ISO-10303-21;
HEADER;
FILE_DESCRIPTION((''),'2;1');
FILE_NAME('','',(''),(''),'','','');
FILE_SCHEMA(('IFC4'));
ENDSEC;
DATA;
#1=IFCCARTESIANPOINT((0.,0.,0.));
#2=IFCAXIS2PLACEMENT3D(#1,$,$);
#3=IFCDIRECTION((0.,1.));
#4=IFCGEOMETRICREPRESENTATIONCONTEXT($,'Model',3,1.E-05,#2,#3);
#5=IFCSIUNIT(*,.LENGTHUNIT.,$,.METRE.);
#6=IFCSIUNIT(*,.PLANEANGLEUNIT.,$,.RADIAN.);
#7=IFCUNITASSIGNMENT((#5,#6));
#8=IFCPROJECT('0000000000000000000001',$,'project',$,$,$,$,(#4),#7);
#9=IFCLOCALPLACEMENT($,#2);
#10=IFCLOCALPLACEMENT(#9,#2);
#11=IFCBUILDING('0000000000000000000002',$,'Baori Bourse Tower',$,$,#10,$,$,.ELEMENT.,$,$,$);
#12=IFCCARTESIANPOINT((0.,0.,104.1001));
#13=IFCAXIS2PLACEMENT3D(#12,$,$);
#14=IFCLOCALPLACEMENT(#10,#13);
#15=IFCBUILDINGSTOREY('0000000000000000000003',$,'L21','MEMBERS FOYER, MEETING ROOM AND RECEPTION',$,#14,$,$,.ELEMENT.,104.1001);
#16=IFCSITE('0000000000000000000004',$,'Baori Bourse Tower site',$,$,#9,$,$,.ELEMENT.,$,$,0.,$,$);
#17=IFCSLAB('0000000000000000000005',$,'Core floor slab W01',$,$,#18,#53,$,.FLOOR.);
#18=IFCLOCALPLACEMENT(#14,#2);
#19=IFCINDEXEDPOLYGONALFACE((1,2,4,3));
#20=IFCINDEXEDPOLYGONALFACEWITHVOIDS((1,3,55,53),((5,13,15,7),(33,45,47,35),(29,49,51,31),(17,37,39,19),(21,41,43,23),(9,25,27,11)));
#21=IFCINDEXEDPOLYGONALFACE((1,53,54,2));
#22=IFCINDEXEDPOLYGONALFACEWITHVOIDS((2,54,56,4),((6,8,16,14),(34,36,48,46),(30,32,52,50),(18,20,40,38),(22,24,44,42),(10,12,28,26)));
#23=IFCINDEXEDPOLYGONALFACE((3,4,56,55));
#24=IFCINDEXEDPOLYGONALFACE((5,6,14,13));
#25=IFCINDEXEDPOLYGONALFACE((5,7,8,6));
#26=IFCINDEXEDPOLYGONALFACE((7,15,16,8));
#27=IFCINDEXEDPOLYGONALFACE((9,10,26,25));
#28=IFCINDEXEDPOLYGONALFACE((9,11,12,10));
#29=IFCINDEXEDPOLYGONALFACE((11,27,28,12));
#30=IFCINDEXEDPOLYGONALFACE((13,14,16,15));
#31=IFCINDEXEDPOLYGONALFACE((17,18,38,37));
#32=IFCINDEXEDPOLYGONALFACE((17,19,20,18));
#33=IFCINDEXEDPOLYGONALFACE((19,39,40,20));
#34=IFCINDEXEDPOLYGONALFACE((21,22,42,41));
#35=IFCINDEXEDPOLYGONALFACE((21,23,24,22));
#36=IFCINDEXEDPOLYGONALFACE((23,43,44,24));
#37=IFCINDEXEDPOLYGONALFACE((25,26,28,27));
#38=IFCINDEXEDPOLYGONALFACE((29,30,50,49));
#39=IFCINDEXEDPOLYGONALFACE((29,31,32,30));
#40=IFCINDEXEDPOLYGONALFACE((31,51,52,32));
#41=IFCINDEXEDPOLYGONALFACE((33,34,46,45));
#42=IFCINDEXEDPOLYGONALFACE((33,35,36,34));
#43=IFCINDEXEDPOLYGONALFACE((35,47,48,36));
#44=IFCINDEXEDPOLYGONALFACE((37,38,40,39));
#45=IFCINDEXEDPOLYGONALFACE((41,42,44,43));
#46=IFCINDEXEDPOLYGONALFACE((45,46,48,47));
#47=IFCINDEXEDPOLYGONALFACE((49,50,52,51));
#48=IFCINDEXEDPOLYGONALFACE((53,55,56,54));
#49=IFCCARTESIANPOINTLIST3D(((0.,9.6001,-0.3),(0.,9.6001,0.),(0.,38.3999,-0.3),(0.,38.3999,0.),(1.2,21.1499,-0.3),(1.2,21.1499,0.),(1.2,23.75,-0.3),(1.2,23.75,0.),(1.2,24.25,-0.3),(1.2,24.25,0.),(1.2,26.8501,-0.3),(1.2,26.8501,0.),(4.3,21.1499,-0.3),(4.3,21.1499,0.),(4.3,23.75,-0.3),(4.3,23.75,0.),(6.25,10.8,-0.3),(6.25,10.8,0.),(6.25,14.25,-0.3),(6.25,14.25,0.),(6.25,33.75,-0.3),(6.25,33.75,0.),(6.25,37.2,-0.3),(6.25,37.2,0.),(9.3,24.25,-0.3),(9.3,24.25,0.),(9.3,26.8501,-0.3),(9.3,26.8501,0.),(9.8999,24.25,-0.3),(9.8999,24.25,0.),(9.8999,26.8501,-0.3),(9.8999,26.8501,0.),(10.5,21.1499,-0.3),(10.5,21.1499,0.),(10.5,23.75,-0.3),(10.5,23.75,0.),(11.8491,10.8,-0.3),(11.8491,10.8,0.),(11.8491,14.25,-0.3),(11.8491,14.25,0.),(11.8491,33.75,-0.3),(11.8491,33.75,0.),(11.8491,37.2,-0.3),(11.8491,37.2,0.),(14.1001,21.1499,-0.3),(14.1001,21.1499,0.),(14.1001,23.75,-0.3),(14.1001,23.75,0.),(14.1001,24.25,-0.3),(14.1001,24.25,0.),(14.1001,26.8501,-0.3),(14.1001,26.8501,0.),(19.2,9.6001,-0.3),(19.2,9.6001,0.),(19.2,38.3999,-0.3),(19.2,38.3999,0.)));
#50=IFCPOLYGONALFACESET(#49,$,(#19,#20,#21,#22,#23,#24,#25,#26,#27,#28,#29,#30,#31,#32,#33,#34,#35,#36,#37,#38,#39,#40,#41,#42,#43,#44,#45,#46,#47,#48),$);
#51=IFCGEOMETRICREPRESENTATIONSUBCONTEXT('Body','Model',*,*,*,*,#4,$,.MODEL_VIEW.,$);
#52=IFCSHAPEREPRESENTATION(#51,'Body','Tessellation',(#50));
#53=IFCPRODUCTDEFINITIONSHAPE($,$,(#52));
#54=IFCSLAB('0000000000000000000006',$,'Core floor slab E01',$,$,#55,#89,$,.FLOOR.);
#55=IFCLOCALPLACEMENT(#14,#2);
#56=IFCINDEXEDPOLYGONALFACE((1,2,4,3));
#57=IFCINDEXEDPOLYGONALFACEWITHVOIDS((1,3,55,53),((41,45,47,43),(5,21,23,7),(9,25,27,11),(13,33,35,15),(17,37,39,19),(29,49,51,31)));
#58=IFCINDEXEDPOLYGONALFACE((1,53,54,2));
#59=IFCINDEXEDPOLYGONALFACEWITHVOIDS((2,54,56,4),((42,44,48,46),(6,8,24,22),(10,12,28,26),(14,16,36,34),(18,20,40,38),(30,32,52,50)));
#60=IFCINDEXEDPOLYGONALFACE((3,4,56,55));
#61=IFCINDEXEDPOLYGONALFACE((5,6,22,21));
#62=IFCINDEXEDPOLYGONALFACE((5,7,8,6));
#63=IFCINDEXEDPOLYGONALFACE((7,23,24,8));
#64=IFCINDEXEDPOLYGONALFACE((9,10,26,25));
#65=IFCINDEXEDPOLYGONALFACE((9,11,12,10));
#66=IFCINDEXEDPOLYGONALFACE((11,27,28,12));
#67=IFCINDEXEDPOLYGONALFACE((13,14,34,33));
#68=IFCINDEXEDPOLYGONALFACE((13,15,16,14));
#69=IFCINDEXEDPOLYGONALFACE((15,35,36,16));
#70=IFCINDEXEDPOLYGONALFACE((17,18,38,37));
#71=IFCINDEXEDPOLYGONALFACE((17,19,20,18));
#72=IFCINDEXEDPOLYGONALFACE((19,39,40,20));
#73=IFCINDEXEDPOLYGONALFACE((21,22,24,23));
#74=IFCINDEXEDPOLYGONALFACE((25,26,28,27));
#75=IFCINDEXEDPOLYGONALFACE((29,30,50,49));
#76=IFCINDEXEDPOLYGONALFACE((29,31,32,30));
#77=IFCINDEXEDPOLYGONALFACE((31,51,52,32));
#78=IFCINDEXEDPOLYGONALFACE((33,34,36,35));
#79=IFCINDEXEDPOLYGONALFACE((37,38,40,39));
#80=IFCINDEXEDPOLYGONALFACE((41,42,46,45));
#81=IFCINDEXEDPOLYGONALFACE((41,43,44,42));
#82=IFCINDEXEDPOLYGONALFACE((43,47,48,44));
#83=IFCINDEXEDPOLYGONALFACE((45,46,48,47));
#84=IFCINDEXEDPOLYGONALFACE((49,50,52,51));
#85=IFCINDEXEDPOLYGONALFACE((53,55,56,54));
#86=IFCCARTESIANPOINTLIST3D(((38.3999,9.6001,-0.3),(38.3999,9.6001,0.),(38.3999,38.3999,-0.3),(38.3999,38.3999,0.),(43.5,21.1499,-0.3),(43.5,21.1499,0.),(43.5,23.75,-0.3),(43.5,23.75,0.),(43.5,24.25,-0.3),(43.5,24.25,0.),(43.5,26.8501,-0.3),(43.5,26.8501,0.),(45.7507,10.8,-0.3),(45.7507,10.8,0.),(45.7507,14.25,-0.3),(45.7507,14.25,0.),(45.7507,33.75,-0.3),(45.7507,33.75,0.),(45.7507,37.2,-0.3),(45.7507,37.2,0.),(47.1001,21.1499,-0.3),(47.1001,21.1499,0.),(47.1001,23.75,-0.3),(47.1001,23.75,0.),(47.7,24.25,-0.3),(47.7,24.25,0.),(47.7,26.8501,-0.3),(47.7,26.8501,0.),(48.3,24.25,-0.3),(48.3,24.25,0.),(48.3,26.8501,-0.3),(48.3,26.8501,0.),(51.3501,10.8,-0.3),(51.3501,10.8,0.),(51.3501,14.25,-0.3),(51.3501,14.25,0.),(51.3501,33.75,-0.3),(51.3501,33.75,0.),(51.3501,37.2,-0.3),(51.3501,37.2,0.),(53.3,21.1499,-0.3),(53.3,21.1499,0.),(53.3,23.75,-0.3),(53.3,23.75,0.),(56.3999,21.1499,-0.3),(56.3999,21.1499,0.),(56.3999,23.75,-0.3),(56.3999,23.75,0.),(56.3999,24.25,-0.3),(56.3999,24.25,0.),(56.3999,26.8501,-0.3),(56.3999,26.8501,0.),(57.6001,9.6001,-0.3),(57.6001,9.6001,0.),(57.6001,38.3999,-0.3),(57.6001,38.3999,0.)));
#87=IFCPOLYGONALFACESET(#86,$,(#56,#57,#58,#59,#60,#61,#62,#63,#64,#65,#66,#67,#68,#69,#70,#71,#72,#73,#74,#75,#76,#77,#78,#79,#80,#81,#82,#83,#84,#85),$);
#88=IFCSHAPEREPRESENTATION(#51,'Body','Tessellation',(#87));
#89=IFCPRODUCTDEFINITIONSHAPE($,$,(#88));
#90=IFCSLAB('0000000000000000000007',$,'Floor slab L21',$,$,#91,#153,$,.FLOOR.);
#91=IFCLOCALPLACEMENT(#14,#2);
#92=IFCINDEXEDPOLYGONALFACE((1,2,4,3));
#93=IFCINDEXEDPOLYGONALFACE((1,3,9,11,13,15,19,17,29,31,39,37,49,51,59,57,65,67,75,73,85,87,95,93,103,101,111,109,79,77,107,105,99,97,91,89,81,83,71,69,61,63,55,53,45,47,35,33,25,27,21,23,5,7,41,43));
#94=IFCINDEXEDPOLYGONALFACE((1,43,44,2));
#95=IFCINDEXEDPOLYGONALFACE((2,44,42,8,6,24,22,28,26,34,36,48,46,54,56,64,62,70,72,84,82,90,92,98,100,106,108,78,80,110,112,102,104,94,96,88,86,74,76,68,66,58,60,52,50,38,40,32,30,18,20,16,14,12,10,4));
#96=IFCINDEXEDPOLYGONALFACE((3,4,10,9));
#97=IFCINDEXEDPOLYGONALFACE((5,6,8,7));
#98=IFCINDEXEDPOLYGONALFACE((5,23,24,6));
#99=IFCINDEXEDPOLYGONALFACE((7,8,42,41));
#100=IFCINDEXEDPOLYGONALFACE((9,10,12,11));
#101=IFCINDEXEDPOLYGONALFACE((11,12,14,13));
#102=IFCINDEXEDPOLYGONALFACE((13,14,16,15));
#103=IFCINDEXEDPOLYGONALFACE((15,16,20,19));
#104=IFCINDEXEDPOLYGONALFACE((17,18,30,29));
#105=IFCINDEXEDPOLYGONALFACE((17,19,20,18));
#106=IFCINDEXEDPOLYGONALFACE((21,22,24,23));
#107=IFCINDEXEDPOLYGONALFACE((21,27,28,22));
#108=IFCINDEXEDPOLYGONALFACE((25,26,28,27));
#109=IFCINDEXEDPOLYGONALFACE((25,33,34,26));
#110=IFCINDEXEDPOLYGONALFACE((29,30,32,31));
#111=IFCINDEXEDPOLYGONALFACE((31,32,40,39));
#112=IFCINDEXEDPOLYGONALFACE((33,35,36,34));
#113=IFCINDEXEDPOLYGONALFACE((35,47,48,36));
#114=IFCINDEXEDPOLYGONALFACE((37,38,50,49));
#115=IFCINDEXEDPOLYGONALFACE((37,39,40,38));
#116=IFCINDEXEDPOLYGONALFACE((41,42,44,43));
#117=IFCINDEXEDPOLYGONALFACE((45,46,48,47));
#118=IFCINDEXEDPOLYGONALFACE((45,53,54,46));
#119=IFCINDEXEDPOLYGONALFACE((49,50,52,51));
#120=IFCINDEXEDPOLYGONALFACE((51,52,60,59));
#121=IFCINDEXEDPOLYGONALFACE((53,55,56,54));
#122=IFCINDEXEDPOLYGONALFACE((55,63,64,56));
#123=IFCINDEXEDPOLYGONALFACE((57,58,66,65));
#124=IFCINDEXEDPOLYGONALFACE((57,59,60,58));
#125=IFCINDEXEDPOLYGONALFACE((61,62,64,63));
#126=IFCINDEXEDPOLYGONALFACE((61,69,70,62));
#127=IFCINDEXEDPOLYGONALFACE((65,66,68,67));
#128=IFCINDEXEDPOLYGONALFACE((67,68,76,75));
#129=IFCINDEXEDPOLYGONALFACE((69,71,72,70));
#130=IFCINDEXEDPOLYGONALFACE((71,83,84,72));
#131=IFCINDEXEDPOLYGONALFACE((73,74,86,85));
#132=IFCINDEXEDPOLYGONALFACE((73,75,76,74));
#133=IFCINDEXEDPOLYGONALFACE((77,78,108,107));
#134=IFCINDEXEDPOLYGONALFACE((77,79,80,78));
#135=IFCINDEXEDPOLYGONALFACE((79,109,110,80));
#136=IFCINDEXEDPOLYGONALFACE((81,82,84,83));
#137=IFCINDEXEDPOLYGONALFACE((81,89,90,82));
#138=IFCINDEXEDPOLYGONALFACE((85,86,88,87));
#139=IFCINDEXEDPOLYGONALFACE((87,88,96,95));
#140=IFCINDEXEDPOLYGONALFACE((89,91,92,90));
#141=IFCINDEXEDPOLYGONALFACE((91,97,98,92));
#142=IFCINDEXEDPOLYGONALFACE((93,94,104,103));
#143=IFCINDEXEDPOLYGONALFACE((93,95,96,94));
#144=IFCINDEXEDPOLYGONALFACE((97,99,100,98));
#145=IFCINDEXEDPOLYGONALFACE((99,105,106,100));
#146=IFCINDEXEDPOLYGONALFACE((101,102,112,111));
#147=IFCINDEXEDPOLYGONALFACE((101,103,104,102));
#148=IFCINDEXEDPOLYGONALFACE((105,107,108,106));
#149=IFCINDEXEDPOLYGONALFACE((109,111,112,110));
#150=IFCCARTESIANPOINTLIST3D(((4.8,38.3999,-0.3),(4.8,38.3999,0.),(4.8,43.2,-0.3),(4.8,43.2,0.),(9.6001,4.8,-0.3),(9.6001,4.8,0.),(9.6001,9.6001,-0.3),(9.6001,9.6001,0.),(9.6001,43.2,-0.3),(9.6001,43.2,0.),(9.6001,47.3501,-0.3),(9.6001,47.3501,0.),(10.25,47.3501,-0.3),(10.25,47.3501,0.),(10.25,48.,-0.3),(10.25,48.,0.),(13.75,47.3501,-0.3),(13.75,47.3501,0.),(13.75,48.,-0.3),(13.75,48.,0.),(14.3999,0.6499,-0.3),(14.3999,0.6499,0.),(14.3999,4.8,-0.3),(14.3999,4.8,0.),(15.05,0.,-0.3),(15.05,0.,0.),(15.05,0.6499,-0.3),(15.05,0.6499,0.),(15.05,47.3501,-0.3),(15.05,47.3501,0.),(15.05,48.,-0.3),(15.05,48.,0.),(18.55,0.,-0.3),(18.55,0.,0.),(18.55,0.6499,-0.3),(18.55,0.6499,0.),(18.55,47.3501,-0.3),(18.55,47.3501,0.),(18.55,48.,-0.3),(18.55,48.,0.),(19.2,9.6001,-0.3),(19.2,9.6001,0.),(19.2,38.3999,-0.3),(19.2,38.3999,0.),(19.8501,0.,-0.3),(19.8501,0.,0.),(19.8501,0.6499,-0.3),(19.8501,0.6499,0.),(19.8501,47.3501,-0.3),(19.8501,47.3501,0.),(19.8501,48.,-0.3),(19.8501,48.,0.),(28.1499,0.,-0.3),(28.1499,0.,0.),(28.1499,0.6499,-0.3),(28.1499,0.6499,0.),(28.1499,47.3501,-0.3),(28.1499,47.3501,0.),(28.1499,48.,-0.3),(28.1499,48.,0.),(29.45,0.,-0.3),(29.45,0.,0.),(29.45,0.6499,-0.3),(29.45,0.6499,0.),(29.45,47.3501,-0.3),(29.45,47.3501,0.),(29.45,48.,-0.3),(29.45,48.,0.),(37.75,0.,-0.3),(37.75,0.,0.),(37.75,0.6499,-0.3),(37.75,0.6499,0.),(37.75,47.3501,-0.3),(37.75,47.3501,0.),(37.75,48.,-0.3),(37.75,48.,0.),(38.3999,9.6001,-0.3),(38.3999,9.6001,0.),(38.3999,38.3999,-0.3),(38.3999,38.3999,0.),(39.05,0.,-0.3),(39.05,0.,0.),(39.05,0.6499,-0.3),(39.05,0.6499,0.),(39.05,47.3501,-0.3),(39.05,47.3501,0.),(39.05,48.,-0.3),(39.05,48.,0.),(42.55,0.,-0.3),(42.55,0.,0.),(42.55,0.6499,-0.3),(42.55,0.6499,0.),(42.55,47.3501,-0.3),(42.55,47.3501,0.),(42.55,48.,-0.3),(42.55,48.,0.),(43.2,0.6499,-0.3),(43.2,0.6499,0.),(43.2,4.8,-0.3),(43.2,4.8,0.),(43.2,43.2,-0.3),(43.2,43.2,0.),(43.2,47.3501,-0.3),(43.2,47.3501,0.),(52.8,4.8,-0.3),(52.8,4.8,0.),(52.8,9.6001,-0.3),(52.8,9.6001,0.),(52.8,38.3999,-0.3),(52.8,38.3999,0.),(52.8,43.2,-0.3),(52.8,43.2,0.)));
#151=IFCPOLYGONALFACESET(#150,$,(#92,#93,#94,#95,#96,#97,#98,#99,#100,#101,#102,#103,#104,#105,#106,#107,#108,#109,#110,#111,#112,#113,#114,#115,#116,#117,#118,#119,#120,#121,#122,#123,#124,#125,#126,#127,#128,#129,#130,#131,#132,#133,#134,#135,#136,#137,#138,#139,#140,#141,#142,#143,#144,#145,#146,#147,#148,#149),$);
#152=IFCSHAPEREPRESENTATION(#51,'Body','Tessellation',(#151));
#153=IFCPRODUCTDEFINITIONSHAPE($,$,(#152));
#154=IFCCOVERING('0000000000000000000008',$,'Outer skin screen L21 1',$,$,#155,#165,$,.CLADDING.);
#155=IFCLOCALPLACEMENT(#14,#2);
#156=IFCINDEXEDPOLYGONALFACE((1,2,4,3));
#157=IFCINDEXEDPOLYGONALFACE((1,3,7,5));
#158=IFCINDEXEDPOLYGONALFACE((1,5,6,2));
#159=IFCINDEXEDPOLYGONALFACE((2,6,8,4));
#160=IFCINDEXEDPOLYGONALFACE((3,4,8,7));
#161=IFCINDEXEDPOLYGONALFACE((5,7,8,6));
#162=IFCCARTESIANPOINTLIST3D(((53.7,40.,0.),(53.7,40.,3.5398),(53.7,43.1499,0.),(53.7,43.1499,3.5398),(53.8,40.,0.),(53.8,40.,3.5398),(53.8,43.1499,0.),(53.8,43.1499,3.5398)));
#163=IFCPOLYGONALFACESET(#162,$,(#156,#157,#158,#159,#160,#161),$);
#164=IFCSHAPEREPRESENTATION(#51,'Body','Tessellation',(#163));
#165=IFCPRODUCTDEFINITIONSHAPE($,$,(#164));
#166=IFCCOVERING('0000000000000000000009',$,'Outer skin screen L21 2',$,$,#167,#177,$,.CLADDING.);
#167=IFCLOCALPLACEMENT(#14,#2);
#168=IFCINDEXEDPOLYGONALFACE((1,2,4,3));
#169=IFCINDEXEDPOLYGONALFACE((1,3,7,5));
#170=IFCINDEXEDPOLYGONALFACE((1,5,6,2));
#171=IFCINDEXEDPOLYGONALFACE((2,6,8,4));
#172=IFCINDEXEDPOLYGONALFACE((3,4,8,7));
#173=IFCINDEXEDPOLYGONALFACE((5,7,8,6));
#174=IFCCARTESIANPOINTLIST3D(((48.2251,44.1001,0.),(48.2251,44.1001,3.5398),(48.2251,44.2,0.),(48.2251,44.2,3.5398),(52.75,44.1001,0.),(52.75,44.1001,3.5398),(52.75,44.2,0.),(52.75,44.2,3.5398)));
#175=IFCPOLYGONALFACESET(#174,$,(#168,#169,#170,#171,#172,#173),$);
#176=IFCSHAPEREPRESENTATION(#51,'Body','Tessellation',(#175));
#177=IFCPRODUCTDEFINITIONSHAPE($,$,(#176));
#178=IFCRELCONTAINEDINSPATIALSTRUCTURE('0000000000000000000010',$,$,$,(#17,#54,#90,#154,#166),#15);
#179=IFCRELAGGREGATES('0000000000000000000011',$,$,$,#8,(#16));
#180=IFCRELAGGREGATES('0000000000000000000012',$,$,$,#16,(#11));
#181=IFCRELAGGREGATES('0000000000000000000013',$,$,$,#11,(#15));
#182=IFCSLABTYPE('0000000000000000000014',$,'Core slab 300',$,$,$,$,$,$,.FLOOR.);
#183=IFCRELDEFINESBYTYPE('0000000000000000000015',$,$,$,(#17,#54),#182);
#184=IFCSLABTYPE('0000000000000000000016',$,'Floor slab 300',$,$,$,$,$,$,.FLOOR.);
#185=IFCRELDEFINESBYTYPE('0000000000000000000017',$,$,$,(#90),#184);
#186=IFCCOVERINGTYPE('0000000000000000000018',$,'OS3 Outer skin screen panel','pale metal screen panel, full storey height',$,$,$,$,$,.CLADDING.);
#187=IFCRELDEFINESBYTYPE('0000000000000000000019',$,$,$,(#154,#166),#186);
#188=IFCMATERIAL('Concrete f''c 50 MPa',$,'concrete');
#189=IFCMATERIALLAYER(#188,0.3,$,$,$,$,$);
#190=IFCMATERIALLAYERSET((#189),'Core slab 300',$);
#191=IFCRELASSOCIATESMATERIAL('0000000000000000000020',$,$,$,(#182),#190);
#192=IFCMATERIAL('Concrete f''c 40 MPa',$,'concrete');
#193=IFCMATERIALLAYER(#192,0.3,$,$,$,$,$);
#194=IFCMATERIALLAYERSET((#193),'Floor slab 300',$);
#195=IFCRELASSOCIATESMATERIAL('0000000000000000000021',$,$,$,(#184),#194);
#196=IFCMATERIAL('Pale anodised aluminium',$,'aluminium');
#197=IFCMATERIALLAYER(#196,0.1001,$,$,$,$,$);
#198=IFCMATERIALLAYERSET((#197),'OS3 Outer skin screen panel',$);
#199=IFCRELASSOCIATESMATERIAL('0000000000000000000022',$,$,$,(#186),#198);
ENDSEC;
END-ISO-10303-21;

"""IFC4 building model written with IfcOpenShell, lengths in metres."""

from ifc_helpers import new_model, si_unit, direction, frame, origin, place, context, subcontext, project, spatial, polyline, outline, extrude, material, layer, layer_set, type_object, element, save


model = new_model("IFC4")

# Units and contexts
model_context = context("Model", 3, precision=1e-05, world=origin(), true_north=direction((0.0, 1.0)))
body_context = subcontext(model_context, "Body", "Model", "MODEL_VIEW")
ifc_project = project(units=[si_unit("LENGTHUNIT", "METRE"), si_unit("PLANEANGLEUNIT", "RADIAN")], contexts=[model_context])

# Site, building, storey
site_placement = place(None, origin())
site = spatial("IfcSite", under=ifc_project, at=site_placement, Name="Baori Bourse Tower site", CompositionType="ELEMENT", RefElevation=0.0)
building_placement = place(site_placement, origin())
building = spatial("IfcBuilding", under=site, at=building_placement, Name="Baori Bourse Tower", CompositionType="ELEMENT")
storey_placement = place(building_placement, frame((0.0, 0.0, 104.1001)))
storey = spatial("IfcBuildingStorey", under=building, at=storey_placement, Name="L21", Description="MEMBERS FOYER, MEETING ROOM AND RECEPTION", CompositionType="ELEMENT", Elevation=104.1001)

# Slabs
ifc_material_1 = material(Name="Concrete f'c 50 MPa", Category="concrete")
ifc_layer_1 = layer(ifc_material_1, 0.3)
ifc_layer_set_1 = layer_set([ifc_layer_1], Name="Core slab 300")
slab_type_1 = type_object("IfcSlabType", Name="Core slab 300", PredefinedType="FLOOR", material=ifc_layer_set_1)
slab_1_placement = place(storey_placement, frame((0.0, 0.0, -0.3)))
element("IfcSlab", 1, at=slab_1_placement, inside=storey, type_object=slab_type_1, Name="Core floor slab W01", PredefinedType="FLOOR", context=body_context, shape_type="SweptSolid", body=[
    extrude(outline(polyline([(0.0, 38.3999), (0.0, 9.6001), (19.2, 9.6001), (19.2, 38.3999), (0.0, 38.3999)]), holes=[polyline([(10.5, 21.1499), (10.5, 23.75), (14.1001, 23.75), (14.1001, 21.1499), (10.5, 21.1499)]), polyline([(14.1001, 24.25), (9.8999, 24.25), (9.8999, 26.8501), (14.1001, 26.8501), (14.1001, 24.25)]), polyline([(6.25, 14.25), (11.8491, 14.25), (11.8491, 10.8), (6.25, 10.8), (6.25, 14.25)]), polyline([(11.8491, 37.2), (11.8491, 33.75), (6.25, 33.75), (6.25, 37.2), (11.8491, 37.2)]), polyline([(1.2, 26.8501), (9.3, 26.8501), (9.3, 24.25), (1.2, 24.25), (1.2, 26.8501)]), polyline([(4.3, 23.75), (4.3, 21.1499), (1.2, 21.1499), (1.2, 23.75), (4.3, 23.75)])]), origin(), (0.0, 0.0, 1.0), 0.3),
])
slab_2_placement = place(storey_placement, frame((0.0, 0.0, -0.3)))
element("IfcSlab", 2, at=slab_2_placement, inside=storey, type_object=slab_type_1, Name="Core floor slab E01", PredefinedType="FLOOR", context=body_context, shape_type="SweptSolid", body=[
    extrude(outline(polyline([(57.6001, 38.3999), (38.3999, 38.3999), (38.3999, 9.6001), (57.6001, 9.6001), (57.6001, 38.3999)]), holes=[polyline([(56.3999, 21.1499), (53.3, 21.1499), (53.3, 23.75), (56.3999, 23.75), (56.3999, 21.1499)]), polyline([(56.3999, 26.8501), (56.3999, 24.25), (48.3, 24.25), (48.3, 26.8501), (56.3999, 26.8501)]), polyline([(45.7507, 14.25), (51.3501, 14.25), (51.3501, 10.8), (45.7507, 10.8), (45.7507, 14.25)]), polyline([(51.3501, 37.2), (51.3501, 33.75), (45.7507, 33.75), (45.7507, 37.2), (51.3501, 37.2)]), polyline([(43.5, 24.25), (43.5, 26.8501), (47.7, 26.8501), (47.7, 24.25), (43.5, 24.25)]), polyline([(43.5, 23.75), (47.1001, 23.75), (47.1001, 21.1499), (43.5, 21.1499), (43.5, 23.75)])]), origin(), (0.0, 0.0, 1.0), 0.3),
])
ifc_material_2 = material(Name="Concrete f'c 40 MPa", Category="concrete")
ifc_layer_2 = layer(ifc_material_2, 0.3)
ifc_layer_set_2 = layer_set([ifc_layer_2], Name="Floor slab 300")
slab_type_2 = type_object("IfcSlabType", Name="Floor slab 300", PredefinedType="FLOOR", material=ifc_layer_set_2)
slab_3_placement = place(storey_placement, frame((0.0, 0.0, -0.3)))
element("IfcSlab", 3, at=slab_3_placement, inside=storey, type_object=slab_type_2, Name="Floor slab L21", PredefinedType="FLOOR", context=body_context, shape_type="SweptSolid", body=[
    extrude(outline(polyline([(14.3999, 4.8), (9.6001, 4.8), (9.6001, 9.6001), (19.2, 9.6001), (19.2, 38.3999), (4.8, 38.3999), (4.8, 43.2), (9.6001, 43.2), (9.6001, 47.3501), (10.25, 47.3501), (10.25, 48.0), (13.75, 48.0), (13.75, 47.3501), (15.05, 47.3501), (15.05, 48.0), (18.55, 48.0), (18.55, 47.3501), (19.8501, 47.3501), (19.8501, 48.0), (28.1499, 48.0), (28.1499, 47.3501), (29.45, 47.3501), (29.45, 48.0), (37.75, 48.0), (37.75, 47.3501), (39.05, 47.3501), (39.05, 48.0), (42.55, 48.0), (42.55, 47.3501), (43.2, 47.3501), (43.2, 43.2), (52.8, 43.2), (52.8, 38.3999), (38.3999, 38.3999), (38.3999, 9.6001), (52.8, 9.6001), (52.8, 4.8), (43.2, 4.8), (43.2, 0.6499), (42.55, 0.6499), (42.55, 0.0), (39.05, 0.0), (39.05, 0.6499), (37.75, 0.6499), (37.75, 0.0), (29.45, 0.0), (29.45, 0.6499), (28.1499, 0.6499), (28.1499, 0.0), (19.8501, 0.0), (19.8501, 0.6499), (18.55, 0.6499), (18.55, 0.0), (15.05, 0.0), (15.05, 0.6499), (14.3999, 0.6499), (14.3999, 4.8)])), origin(), (0.0, 0.0, 1.0), 0.3),
])

# Coverings
ifc_material_3 = material(Name="Pale anodised aluminium", Category="aluminium")
ifc_layer_3 = layer(ifc_material_3, 0.1001)
ifc_layer_set_3 = layer_set([ifc_layer_3], Name="OS3 Outer skin screen panel")
covering_type = type_object("IfcCoveringType", Name="OS3 Outer skin screen panel", Description="pale metal screen panel, full storey height", PredefinedType="CLADDING", material=ifc_layer_set_3)
covering_1_placement = place(storey_placement, origin())
element("IfcCovering", 4, at=covering_1_placement, inside=storey, type_object=covering_type, Name="Outer skin screen L21 1", PredefinedType="CLADDING", context=body_context, shape_type="SweptSolid", body=[
    extrude(outline(polyline([(53.7, 43.1499), (53.7, 40.0), (53.8, 40.0), (53.8, 43.1499), (53.7, 43.1499)])), origin(), (0.0, 0.0, 1.0), 3.5398),
])
covering_2_placement = place(storey_placement, origin())
element("IfcCovering", 5, at=covering_2_placement, inside=storey, type_object=covering_type, Name="Outer skin screen L21 2", PredefinedType="CLADDING", context=body_context, shape_type="SweptSolid", body=[
    extrude(outline(polyline([(48.2251, 44.1001), (52.75, 44.1001), (52.75, 44.2), (48.2251, 44.2), (48.2251, 44.1001)])), origin(), (0.0, 0.0, 1.0), 3.5398),
])

save(model, "model.ifc")
